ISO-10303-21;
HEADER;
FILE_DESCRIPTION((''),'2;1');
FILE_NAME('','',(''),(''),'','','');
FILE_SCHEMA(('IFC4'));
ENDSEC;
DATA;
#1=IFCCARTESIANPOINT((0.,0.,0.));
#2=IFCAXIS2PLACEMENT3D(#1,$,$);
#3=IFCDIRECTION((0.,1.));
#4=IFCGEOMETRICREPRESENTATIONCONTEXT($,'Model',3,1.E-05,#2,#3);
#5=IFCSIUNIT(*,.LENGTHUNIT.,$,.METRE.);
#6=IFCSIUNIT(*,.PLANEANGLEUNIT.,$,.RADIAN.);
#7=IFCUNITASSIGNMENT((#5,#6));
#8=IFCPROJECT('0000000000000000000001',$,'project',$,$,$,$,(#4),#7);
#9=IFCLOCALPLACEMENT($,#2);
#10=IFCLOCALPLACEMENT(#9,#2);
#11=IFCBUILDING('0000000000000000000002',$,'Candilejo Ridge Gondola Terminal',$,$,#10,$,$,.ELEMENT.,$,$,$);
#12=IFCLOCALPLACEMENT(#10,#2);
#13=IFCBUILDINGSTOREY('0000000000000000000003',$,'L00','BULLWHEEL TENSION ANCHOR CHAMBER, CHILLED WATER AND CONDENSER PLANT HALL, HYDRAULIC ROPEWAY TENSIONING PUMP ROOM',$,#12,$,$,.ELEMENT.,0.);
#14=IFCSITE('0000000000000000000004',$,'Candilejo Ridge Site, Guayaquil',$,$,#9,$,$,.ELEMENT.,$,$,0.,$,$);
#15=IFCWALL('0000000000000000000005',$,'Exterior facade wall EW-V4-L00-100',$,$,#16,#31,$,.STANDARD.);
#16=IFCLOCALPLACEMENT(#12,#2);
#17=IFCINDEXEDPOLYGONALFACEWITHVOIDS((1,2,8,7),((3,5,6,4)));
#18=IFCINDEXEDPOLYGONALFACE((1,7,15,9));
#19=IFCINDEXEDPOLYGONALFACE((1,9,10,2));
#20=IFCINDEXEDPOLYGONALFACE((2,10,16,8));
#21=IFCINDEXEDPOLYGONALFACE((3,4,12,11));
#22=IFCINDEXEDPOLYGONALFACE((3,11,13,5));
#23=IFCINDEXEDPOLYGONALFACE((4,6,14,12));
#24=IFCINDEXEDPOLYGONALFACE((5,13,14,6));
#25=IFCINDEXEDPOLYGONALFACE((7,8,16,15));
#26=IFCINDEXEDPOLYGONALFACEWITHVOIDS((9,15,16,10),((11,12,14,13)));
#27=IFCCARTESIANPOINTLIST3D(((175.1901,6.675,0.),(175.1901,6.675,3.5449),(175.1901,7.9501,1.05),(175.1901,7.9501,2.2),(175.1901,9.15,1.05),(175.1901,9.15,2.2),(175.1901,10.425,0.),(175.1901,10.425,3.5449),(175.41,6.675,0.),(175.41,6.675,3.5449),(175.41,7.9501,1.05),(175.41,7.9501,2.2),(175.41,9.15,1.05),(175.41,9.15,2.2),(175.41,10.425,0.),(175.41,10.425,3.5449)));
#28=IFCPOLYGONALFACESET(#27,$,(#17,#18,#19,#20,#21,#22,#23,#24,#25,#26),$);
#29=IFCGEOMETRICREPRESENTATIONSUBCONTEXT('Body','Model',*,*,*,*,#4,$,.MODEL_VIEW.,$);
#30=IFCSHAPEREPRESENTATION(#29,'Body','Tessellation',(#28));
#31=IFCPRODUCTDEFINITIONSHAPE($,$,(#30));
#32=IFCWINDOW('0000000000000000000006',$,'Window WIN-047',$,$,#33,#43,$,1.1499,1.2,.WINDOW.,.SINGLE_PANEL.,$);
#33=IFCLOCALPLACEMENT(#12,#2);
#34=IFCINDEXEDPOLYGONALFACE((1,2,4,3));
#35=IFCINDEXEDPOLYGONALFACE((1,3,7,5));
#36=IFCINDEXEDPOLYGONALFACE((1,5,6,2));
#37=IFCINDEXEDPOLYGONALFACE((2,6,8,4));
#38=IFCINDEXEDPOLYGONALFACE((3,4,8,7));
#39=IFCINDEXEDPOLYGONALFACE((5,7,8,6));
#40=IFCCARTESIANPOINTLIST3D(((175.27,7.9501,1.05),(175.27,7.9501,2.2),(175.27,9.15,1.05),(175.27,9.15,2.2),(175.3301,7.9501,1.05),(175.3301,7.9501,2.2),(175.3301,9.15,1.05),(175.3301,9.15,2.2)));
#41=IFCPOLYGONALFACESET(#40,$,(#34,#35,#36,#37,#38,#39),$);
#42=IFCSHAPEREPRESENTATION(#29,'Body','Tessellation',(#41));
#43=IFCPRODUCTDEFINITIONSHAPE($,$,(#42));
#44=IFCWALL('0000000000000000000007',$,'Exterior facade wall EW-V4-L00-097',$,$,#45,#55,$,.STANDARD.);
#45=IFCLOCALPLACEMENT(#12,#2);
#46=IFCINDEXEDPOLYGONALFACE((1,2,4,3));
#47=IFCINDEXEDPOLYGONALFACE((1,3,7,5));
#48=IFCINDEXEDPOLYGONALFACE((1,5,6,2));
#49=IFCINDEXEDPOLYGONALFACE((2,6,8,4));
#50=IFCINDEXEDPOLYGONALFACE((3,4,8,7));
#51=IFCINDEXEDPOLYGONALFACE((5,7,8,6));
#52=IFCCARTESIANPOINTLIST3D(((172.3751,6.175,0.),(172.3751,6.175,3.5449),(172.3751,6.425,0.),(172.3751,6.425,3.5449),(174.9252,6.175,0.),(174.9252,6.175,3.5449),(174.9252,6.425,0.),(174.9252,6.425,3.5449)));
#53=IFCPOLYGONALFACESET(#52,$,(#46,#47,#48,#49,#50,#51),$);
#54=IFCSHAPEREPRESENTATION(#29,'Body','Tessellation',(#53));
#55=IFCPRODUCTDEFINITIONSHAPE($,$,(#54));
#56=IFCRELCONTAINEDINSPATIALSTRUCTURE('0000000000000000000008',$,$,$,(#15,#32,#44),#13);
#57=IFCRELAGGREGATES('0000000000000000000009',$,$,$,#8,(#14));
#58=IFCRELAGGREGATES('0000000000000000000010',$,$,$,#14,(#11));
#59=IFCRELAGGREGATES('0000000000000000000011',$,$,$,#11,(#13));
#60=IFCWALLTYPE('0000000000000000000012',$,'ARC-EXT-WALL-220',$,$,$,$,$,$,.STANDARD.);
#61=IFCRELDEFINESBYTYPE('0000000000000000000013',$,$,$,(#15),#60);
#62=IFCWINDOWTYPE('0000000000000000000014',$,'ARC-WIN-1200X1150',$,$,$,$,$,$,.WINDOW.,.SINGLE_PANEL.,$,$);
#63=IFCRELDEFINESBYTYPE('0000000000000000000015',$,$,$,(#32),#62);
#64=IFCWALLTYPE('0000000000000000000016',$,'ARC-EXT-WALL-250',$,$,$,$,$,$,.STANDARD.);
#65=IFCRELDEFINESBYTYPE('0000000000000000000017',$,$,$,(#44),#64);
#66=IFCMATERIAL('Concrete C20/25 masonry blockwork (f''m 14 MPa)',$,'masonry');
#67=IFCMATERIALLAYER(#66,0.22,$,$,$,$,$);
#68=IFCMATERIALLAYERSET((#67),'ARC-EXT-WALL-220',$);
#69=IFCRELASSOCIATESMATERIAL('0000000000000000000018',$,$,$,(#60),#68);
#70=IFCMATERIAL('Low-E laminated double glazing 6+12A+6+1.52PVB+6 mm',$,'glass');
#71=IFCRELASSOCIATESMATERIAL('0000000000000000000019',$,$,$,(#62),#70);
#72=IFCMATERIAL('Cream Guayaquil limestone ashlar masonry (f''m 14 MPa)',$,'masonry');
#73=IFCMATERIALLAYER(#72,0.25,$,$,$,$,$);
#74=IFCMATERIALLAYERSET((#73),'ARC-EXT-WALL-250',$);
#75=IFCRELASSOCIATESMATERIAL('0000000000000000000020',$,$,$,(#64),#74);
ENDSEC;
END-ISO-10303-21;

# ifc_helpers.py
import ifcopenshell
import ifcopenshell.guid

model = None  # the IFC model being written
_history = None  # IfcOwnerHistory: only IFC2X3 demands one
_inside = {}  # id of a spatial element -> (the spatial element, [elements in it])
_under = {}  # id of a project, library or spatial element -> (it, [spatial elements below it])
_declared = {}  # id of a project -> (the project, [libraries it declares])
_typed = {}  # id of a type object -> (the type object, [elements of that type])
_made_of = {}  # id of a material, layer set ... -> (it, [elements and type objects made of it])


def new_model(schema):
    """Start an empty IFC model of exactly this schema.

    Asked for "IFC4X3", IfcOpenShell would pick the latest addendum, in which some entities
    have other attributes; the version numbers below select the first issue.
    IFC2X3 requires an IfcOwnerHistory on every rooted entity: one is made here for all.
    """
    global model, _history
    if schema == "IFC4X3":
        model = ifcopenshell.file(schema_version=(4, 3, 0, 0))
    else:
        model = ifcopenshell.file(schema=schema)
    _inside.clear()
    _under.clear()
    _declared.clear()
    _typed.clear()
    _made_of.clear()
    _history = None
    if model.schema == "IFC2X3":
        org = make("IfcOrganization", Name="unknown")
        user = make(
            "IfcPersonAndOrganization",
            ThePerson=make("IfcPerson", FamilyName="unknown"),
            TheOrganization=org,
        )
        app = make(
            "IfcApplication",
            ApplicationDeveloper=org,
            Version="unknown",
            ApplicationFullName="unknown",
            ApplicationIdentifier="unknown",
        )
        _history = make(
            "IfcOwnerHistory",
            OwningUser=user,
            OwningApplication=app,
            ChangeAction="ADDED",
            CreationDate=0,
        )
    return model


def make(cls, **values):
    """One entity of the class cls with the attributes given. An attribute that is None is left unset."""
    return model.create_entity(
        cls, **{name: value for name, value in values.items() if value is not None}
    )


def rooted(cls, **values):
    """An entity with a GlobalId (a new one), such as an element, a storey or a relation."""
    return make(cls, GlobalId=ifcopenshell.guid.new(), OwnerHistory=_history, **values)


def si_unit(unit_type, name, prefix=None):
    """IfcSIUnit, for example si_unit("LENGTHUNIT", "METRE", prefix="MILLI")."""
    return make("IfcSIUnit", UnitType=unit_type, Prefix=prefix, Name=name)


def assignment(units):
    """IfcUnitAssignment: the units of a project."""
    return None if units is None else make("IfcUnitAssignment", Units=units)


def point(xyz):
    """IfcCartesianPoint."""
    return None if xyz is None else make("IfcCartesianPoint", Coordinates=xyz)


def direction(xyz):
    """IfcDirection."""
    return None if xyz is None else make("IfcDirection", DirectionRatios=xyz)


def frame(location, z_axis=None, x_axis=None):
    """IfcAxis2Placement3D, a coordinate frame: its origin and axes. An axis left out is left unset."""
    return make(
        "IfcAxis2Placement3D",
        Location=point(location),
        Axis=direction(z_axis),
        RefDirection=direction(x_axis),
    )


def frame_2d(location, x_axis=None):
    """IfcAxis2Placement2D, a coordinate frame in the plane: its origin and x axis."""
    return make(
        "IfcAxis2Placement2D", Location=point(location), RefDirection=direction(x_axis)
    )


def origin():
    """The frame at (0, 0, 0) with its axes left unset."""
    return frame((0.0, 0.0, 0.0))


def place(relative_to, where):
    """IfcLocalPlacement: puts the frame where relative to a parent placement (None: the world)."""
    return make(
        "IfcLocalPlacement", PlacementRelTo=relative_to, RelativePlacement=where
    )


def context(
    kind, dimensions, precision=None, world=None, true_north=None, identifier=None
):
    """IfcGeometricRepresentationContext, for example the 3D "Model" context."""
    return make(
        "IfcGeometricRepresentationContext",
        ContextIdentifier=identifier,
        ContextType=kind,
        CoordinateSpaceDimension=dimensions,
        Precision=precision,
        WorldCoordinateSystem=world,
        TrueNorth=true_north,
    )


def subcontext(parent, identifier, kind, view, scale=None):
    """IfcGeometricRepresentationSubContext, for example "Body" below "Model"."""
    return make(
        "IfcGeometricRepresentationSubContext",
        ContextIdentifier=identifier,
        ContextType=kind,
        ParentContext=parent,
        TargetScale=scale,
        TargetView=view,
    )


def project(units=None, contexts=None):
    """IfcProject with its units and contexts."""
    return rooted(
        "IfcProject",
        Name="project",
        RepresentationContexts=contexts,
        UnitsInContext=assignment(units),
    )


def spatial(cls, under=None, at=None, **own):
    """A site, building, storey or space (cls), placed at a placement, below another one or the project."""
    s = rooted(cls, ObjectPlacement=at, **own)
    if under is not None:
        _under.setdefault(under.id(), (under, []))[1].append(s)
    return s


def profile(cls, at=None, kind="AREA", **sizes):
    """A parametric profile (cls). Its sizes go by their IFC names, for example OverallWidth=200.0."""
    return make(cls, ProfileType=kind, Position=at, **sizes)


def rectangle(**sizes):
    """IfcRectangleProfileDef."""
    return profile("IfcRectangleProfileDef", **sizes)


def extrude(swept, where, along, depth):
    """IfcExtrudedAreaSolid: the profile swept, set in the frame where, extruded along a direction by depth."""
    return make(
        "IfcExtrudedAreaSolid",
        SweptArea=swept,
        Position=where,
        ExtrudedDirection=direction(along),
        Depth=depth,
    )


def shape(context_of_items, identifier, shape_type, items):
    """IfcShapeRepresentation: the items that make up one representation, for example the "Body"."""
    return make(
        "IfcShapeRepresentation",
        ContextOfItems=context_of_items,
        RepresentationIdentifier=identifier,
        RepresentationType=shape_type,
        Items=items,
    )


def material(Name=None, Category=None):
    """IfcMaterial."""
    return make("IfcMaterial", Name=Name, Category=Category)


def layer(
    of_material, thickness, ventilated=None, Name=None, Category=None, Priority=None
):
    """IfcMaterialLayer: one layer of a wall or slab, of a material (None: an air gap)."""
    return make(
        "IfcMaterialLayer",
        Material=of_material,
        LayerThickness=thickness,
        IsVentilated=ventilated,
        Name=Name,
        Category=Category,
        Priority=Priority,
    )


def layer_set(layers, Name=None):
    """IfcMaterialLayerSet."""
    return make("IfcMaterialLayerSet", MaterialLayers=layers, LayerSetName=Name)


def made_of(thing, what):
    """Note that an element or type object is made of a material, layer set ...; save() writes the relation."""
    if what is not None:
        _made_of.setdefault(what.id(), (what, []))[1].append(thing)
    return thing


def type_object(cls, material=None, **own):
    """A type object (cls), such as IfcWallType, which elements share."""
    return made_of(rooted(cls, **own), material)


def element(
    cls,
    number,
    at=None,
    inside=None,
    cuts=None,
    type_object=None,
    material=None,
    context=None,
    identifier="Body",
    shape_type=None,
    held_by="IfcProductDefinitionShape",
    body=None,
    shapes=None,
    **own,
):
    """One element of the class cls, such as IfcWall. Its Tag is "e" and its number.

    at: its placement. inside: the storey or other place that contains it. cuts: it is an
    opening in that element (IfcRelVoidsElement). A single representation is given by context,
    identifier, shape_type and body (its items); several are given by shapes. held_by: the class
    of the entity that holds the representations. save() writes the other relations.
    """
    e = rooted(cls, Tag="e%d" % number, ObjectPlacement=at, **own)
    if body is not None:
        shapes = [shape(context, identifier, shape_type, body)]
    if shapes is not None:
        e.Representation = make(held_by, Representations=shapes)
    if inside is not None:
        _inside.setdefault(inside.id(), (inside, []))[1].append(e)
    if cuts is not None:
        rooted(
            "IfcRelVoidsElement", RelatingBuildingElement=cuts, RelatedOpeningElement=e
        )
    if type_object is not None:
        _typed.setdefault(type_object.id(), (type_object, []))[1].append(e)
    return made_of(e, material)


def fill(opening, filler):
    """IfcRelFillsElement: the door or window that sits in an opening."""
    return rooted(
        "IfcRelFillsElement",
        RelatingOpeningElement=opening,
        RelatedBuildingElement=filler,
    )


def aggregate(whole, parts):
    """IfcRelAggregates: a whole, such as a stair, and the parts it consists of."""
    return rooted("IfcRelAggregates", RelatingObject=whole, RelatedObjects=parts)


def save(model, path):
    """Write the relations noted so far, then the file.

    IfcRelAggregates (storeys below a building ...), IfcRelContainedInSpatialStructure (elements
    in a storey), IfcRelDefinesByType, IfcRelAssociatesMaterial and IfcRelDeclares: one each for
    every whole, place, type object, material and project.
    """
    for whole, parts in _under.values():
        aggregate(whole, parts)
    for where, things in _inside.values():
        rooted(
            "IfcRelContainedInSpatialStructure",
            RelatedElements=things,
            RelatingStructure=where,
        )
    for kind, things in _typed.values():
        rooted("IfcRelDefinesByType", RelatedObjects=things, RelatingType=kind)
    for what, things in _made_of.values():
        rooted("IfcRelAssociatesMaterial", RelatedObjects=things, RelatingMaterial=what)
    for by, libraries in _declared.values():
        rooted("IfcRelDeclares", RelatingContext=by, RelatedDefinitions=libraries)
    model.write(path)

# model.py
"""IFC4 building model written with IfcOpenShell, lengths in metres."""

from ifc_helpers import new_model, si_unit, direction, frame, frame_2d, origin, place, context, subcontext, project, spatial, rectangle, extrude, material, layer, layer_set, type_object, element, fill, save


model = new_model("IFC4")

# Units and contexts
model_context = context("Model", 3, precision=1e-05, world=origin(), true_north=direction((0.0, 1.0)))
body_context = subcontext(model_context, "Body", "Model", "MODEL_VIEW")
ifc_project = project(units=[si_unit("LENGTHUNIT", "METRE"), si_unit("PLANEANGLEUNIT", "RADIAN")], contexts=[model_context])

# Site, building, storey
site_placement = place(None, origin())
site = spatial("IfcSite", under=ifc_project, at=site_placement, Name="Candilejo Ridge Site, Guayaquil", CompositionType="ELEMENT", RefElevation=0.0)
building_placement = place(site_placement, origin())
building = spatial("IfcBuilding", under=site, at=building_placement, Name="Candilejo Ridge Gondola Terminal", CompositionType="ELEMENT")
storey_placement = place(building_placement, origin())
storey = spatial("IfcBuildingStorey", under=building, at=storey_placement, Name="L00", Description="BULLWHEEL TENSION ANCHOR CHAMBER, CHILLED WATER AND CONDENSER PLANT HALL, HYDRAULIC ROPEWAY TENSIONING PUMP ROOM", CompositionType="ELEMENT", Elevation=0.0)

# Wall, opening, window
ifc_material_1 = material(Name="Concrete C20/25 masonry blockwork (f'm 14 MPa)", Category="masonry")
ifc_layer_1 = layer(ifc_material_1, 0.22)
ifc_layer_set_1 = layer_set([ifc_layer_1], Name="ARC-EXT-WALL-220")
wall_type_1 = type_object("IfcWallType", Name="ARC-EXT-WALL-220", PredefinedType="STANDARD", material=ifc_layer_set_1)
wall_1_placement = place(storey_placement, frame((175.3, 10.425, 0.0), z_axis=(0.0, 0.0, 1.0), x_axis=(0.0, -1.0, 0.0)))
wall_1 = element("IfcWall", 1, at=wall_1_placement, inside=storey, type_object=wall_type_1, Name="Exterior facade wall EW-V4-L00-100", PredefinedType="STANDARD", context=body_context, shape_type="SweptSolid", body=[
    extrude(rectangle(XDim=3.75, YDim=0.22, at=frame_2d((1.875, 0.0))), origin(), (0.0, 0.0, 1.0), 3.5449),
])
opening_placement = place(wall_1_placement, frame((1.2749, 0.0, 1.05)))
opening = element("IfcOpeningElement", 2, at=opening_placement, cuts=wall_1, PredefinedType="OPENING", context=body_context, shape_type="SweptSolid", body=[
    extrude(rectangle(XDim=1.2, YDim=1.1499, at=frame_2d((0.6001, 0.575))), frame((0.0, 0.1199, 0.0), z_axis=(0.0, -1.0, 0.0), x_axis=(1.0, 0.0, 0.0)), (0.0, 0.0, 1.0), 0.24),
])
ifc_material_2 = material(Name="Low-E laminated double glazing 6+12A+6+1.52PVB+6 mm", Category="glass")
window_type = type_object("IfcWindowType", Name="ARC-WIN-1200X1150", PartitioningType="SINGLE_PANEL", PredefinedType="WINDOW", material=ifc_material_2)
window_placement = place(opening_placement, origin())
window = element("IfcWindow", 3, at=window_placement, inside=storey, type_object=window_type, Name="Window WIN-047", OverallHeight=1.1499, OverallWidth=1.2, PartitioningType="SINGLE_PANEL", PredefinedType="WINDOW", context=body_context, shape_type="SweptSolid", body=[
    extrude(rectangle(XDim=1.2, YDim=1.1499, at=frame_2d((0.6001, 0.575))), frame((0.0, 0.03, 0.0), z_axis=(0.0, -1.0, 0.0), x_axis=(1.0, 0.0, 0.0)), (0.0, 0.0, 1.0), 0.0601),
])
fill(opening, window)

# Wall
ifc_material_3 = material(Name="Cream Guayaquil limestone ashlar masonry (f'm 14 MPa)", Category="masonry")
ifc_layer_2 = layer(ifc_material_3, 0.25)
ifc_layer_set_2 = layer_set([ifc_layer_2], Name="ARC-EXT-WALL-250")
wall_type_2 = type_object("IfcWallType", Name="ARC-EXT-WALL-250", PredefinedType="STANDARD", material=ifc_layer_set_2)
wall_2_placement = place(storey_placement, frame((174.925, 6.3, 0.0), z_axis=(0.0, 0.0, 1.0), x_axis=(-1.0, 0.0, 0.0)))
element("IfcWall", 4, at=wall_2_placement, inside=storey, type_object=wall_type_2, Name="Exterior facade wall EW-V4-L00-097", PredefinedType="STANDARD", context=body_context, shape_type="SweptSolid", body=[
    extrude(rectangle(XDim=2.55, YDim=0.25, at=frame_2d((1.2749, 0.0))), origin(), (0.0, 0.0, 1.0), 3.5449),
])

save(model, "model.ifc")
